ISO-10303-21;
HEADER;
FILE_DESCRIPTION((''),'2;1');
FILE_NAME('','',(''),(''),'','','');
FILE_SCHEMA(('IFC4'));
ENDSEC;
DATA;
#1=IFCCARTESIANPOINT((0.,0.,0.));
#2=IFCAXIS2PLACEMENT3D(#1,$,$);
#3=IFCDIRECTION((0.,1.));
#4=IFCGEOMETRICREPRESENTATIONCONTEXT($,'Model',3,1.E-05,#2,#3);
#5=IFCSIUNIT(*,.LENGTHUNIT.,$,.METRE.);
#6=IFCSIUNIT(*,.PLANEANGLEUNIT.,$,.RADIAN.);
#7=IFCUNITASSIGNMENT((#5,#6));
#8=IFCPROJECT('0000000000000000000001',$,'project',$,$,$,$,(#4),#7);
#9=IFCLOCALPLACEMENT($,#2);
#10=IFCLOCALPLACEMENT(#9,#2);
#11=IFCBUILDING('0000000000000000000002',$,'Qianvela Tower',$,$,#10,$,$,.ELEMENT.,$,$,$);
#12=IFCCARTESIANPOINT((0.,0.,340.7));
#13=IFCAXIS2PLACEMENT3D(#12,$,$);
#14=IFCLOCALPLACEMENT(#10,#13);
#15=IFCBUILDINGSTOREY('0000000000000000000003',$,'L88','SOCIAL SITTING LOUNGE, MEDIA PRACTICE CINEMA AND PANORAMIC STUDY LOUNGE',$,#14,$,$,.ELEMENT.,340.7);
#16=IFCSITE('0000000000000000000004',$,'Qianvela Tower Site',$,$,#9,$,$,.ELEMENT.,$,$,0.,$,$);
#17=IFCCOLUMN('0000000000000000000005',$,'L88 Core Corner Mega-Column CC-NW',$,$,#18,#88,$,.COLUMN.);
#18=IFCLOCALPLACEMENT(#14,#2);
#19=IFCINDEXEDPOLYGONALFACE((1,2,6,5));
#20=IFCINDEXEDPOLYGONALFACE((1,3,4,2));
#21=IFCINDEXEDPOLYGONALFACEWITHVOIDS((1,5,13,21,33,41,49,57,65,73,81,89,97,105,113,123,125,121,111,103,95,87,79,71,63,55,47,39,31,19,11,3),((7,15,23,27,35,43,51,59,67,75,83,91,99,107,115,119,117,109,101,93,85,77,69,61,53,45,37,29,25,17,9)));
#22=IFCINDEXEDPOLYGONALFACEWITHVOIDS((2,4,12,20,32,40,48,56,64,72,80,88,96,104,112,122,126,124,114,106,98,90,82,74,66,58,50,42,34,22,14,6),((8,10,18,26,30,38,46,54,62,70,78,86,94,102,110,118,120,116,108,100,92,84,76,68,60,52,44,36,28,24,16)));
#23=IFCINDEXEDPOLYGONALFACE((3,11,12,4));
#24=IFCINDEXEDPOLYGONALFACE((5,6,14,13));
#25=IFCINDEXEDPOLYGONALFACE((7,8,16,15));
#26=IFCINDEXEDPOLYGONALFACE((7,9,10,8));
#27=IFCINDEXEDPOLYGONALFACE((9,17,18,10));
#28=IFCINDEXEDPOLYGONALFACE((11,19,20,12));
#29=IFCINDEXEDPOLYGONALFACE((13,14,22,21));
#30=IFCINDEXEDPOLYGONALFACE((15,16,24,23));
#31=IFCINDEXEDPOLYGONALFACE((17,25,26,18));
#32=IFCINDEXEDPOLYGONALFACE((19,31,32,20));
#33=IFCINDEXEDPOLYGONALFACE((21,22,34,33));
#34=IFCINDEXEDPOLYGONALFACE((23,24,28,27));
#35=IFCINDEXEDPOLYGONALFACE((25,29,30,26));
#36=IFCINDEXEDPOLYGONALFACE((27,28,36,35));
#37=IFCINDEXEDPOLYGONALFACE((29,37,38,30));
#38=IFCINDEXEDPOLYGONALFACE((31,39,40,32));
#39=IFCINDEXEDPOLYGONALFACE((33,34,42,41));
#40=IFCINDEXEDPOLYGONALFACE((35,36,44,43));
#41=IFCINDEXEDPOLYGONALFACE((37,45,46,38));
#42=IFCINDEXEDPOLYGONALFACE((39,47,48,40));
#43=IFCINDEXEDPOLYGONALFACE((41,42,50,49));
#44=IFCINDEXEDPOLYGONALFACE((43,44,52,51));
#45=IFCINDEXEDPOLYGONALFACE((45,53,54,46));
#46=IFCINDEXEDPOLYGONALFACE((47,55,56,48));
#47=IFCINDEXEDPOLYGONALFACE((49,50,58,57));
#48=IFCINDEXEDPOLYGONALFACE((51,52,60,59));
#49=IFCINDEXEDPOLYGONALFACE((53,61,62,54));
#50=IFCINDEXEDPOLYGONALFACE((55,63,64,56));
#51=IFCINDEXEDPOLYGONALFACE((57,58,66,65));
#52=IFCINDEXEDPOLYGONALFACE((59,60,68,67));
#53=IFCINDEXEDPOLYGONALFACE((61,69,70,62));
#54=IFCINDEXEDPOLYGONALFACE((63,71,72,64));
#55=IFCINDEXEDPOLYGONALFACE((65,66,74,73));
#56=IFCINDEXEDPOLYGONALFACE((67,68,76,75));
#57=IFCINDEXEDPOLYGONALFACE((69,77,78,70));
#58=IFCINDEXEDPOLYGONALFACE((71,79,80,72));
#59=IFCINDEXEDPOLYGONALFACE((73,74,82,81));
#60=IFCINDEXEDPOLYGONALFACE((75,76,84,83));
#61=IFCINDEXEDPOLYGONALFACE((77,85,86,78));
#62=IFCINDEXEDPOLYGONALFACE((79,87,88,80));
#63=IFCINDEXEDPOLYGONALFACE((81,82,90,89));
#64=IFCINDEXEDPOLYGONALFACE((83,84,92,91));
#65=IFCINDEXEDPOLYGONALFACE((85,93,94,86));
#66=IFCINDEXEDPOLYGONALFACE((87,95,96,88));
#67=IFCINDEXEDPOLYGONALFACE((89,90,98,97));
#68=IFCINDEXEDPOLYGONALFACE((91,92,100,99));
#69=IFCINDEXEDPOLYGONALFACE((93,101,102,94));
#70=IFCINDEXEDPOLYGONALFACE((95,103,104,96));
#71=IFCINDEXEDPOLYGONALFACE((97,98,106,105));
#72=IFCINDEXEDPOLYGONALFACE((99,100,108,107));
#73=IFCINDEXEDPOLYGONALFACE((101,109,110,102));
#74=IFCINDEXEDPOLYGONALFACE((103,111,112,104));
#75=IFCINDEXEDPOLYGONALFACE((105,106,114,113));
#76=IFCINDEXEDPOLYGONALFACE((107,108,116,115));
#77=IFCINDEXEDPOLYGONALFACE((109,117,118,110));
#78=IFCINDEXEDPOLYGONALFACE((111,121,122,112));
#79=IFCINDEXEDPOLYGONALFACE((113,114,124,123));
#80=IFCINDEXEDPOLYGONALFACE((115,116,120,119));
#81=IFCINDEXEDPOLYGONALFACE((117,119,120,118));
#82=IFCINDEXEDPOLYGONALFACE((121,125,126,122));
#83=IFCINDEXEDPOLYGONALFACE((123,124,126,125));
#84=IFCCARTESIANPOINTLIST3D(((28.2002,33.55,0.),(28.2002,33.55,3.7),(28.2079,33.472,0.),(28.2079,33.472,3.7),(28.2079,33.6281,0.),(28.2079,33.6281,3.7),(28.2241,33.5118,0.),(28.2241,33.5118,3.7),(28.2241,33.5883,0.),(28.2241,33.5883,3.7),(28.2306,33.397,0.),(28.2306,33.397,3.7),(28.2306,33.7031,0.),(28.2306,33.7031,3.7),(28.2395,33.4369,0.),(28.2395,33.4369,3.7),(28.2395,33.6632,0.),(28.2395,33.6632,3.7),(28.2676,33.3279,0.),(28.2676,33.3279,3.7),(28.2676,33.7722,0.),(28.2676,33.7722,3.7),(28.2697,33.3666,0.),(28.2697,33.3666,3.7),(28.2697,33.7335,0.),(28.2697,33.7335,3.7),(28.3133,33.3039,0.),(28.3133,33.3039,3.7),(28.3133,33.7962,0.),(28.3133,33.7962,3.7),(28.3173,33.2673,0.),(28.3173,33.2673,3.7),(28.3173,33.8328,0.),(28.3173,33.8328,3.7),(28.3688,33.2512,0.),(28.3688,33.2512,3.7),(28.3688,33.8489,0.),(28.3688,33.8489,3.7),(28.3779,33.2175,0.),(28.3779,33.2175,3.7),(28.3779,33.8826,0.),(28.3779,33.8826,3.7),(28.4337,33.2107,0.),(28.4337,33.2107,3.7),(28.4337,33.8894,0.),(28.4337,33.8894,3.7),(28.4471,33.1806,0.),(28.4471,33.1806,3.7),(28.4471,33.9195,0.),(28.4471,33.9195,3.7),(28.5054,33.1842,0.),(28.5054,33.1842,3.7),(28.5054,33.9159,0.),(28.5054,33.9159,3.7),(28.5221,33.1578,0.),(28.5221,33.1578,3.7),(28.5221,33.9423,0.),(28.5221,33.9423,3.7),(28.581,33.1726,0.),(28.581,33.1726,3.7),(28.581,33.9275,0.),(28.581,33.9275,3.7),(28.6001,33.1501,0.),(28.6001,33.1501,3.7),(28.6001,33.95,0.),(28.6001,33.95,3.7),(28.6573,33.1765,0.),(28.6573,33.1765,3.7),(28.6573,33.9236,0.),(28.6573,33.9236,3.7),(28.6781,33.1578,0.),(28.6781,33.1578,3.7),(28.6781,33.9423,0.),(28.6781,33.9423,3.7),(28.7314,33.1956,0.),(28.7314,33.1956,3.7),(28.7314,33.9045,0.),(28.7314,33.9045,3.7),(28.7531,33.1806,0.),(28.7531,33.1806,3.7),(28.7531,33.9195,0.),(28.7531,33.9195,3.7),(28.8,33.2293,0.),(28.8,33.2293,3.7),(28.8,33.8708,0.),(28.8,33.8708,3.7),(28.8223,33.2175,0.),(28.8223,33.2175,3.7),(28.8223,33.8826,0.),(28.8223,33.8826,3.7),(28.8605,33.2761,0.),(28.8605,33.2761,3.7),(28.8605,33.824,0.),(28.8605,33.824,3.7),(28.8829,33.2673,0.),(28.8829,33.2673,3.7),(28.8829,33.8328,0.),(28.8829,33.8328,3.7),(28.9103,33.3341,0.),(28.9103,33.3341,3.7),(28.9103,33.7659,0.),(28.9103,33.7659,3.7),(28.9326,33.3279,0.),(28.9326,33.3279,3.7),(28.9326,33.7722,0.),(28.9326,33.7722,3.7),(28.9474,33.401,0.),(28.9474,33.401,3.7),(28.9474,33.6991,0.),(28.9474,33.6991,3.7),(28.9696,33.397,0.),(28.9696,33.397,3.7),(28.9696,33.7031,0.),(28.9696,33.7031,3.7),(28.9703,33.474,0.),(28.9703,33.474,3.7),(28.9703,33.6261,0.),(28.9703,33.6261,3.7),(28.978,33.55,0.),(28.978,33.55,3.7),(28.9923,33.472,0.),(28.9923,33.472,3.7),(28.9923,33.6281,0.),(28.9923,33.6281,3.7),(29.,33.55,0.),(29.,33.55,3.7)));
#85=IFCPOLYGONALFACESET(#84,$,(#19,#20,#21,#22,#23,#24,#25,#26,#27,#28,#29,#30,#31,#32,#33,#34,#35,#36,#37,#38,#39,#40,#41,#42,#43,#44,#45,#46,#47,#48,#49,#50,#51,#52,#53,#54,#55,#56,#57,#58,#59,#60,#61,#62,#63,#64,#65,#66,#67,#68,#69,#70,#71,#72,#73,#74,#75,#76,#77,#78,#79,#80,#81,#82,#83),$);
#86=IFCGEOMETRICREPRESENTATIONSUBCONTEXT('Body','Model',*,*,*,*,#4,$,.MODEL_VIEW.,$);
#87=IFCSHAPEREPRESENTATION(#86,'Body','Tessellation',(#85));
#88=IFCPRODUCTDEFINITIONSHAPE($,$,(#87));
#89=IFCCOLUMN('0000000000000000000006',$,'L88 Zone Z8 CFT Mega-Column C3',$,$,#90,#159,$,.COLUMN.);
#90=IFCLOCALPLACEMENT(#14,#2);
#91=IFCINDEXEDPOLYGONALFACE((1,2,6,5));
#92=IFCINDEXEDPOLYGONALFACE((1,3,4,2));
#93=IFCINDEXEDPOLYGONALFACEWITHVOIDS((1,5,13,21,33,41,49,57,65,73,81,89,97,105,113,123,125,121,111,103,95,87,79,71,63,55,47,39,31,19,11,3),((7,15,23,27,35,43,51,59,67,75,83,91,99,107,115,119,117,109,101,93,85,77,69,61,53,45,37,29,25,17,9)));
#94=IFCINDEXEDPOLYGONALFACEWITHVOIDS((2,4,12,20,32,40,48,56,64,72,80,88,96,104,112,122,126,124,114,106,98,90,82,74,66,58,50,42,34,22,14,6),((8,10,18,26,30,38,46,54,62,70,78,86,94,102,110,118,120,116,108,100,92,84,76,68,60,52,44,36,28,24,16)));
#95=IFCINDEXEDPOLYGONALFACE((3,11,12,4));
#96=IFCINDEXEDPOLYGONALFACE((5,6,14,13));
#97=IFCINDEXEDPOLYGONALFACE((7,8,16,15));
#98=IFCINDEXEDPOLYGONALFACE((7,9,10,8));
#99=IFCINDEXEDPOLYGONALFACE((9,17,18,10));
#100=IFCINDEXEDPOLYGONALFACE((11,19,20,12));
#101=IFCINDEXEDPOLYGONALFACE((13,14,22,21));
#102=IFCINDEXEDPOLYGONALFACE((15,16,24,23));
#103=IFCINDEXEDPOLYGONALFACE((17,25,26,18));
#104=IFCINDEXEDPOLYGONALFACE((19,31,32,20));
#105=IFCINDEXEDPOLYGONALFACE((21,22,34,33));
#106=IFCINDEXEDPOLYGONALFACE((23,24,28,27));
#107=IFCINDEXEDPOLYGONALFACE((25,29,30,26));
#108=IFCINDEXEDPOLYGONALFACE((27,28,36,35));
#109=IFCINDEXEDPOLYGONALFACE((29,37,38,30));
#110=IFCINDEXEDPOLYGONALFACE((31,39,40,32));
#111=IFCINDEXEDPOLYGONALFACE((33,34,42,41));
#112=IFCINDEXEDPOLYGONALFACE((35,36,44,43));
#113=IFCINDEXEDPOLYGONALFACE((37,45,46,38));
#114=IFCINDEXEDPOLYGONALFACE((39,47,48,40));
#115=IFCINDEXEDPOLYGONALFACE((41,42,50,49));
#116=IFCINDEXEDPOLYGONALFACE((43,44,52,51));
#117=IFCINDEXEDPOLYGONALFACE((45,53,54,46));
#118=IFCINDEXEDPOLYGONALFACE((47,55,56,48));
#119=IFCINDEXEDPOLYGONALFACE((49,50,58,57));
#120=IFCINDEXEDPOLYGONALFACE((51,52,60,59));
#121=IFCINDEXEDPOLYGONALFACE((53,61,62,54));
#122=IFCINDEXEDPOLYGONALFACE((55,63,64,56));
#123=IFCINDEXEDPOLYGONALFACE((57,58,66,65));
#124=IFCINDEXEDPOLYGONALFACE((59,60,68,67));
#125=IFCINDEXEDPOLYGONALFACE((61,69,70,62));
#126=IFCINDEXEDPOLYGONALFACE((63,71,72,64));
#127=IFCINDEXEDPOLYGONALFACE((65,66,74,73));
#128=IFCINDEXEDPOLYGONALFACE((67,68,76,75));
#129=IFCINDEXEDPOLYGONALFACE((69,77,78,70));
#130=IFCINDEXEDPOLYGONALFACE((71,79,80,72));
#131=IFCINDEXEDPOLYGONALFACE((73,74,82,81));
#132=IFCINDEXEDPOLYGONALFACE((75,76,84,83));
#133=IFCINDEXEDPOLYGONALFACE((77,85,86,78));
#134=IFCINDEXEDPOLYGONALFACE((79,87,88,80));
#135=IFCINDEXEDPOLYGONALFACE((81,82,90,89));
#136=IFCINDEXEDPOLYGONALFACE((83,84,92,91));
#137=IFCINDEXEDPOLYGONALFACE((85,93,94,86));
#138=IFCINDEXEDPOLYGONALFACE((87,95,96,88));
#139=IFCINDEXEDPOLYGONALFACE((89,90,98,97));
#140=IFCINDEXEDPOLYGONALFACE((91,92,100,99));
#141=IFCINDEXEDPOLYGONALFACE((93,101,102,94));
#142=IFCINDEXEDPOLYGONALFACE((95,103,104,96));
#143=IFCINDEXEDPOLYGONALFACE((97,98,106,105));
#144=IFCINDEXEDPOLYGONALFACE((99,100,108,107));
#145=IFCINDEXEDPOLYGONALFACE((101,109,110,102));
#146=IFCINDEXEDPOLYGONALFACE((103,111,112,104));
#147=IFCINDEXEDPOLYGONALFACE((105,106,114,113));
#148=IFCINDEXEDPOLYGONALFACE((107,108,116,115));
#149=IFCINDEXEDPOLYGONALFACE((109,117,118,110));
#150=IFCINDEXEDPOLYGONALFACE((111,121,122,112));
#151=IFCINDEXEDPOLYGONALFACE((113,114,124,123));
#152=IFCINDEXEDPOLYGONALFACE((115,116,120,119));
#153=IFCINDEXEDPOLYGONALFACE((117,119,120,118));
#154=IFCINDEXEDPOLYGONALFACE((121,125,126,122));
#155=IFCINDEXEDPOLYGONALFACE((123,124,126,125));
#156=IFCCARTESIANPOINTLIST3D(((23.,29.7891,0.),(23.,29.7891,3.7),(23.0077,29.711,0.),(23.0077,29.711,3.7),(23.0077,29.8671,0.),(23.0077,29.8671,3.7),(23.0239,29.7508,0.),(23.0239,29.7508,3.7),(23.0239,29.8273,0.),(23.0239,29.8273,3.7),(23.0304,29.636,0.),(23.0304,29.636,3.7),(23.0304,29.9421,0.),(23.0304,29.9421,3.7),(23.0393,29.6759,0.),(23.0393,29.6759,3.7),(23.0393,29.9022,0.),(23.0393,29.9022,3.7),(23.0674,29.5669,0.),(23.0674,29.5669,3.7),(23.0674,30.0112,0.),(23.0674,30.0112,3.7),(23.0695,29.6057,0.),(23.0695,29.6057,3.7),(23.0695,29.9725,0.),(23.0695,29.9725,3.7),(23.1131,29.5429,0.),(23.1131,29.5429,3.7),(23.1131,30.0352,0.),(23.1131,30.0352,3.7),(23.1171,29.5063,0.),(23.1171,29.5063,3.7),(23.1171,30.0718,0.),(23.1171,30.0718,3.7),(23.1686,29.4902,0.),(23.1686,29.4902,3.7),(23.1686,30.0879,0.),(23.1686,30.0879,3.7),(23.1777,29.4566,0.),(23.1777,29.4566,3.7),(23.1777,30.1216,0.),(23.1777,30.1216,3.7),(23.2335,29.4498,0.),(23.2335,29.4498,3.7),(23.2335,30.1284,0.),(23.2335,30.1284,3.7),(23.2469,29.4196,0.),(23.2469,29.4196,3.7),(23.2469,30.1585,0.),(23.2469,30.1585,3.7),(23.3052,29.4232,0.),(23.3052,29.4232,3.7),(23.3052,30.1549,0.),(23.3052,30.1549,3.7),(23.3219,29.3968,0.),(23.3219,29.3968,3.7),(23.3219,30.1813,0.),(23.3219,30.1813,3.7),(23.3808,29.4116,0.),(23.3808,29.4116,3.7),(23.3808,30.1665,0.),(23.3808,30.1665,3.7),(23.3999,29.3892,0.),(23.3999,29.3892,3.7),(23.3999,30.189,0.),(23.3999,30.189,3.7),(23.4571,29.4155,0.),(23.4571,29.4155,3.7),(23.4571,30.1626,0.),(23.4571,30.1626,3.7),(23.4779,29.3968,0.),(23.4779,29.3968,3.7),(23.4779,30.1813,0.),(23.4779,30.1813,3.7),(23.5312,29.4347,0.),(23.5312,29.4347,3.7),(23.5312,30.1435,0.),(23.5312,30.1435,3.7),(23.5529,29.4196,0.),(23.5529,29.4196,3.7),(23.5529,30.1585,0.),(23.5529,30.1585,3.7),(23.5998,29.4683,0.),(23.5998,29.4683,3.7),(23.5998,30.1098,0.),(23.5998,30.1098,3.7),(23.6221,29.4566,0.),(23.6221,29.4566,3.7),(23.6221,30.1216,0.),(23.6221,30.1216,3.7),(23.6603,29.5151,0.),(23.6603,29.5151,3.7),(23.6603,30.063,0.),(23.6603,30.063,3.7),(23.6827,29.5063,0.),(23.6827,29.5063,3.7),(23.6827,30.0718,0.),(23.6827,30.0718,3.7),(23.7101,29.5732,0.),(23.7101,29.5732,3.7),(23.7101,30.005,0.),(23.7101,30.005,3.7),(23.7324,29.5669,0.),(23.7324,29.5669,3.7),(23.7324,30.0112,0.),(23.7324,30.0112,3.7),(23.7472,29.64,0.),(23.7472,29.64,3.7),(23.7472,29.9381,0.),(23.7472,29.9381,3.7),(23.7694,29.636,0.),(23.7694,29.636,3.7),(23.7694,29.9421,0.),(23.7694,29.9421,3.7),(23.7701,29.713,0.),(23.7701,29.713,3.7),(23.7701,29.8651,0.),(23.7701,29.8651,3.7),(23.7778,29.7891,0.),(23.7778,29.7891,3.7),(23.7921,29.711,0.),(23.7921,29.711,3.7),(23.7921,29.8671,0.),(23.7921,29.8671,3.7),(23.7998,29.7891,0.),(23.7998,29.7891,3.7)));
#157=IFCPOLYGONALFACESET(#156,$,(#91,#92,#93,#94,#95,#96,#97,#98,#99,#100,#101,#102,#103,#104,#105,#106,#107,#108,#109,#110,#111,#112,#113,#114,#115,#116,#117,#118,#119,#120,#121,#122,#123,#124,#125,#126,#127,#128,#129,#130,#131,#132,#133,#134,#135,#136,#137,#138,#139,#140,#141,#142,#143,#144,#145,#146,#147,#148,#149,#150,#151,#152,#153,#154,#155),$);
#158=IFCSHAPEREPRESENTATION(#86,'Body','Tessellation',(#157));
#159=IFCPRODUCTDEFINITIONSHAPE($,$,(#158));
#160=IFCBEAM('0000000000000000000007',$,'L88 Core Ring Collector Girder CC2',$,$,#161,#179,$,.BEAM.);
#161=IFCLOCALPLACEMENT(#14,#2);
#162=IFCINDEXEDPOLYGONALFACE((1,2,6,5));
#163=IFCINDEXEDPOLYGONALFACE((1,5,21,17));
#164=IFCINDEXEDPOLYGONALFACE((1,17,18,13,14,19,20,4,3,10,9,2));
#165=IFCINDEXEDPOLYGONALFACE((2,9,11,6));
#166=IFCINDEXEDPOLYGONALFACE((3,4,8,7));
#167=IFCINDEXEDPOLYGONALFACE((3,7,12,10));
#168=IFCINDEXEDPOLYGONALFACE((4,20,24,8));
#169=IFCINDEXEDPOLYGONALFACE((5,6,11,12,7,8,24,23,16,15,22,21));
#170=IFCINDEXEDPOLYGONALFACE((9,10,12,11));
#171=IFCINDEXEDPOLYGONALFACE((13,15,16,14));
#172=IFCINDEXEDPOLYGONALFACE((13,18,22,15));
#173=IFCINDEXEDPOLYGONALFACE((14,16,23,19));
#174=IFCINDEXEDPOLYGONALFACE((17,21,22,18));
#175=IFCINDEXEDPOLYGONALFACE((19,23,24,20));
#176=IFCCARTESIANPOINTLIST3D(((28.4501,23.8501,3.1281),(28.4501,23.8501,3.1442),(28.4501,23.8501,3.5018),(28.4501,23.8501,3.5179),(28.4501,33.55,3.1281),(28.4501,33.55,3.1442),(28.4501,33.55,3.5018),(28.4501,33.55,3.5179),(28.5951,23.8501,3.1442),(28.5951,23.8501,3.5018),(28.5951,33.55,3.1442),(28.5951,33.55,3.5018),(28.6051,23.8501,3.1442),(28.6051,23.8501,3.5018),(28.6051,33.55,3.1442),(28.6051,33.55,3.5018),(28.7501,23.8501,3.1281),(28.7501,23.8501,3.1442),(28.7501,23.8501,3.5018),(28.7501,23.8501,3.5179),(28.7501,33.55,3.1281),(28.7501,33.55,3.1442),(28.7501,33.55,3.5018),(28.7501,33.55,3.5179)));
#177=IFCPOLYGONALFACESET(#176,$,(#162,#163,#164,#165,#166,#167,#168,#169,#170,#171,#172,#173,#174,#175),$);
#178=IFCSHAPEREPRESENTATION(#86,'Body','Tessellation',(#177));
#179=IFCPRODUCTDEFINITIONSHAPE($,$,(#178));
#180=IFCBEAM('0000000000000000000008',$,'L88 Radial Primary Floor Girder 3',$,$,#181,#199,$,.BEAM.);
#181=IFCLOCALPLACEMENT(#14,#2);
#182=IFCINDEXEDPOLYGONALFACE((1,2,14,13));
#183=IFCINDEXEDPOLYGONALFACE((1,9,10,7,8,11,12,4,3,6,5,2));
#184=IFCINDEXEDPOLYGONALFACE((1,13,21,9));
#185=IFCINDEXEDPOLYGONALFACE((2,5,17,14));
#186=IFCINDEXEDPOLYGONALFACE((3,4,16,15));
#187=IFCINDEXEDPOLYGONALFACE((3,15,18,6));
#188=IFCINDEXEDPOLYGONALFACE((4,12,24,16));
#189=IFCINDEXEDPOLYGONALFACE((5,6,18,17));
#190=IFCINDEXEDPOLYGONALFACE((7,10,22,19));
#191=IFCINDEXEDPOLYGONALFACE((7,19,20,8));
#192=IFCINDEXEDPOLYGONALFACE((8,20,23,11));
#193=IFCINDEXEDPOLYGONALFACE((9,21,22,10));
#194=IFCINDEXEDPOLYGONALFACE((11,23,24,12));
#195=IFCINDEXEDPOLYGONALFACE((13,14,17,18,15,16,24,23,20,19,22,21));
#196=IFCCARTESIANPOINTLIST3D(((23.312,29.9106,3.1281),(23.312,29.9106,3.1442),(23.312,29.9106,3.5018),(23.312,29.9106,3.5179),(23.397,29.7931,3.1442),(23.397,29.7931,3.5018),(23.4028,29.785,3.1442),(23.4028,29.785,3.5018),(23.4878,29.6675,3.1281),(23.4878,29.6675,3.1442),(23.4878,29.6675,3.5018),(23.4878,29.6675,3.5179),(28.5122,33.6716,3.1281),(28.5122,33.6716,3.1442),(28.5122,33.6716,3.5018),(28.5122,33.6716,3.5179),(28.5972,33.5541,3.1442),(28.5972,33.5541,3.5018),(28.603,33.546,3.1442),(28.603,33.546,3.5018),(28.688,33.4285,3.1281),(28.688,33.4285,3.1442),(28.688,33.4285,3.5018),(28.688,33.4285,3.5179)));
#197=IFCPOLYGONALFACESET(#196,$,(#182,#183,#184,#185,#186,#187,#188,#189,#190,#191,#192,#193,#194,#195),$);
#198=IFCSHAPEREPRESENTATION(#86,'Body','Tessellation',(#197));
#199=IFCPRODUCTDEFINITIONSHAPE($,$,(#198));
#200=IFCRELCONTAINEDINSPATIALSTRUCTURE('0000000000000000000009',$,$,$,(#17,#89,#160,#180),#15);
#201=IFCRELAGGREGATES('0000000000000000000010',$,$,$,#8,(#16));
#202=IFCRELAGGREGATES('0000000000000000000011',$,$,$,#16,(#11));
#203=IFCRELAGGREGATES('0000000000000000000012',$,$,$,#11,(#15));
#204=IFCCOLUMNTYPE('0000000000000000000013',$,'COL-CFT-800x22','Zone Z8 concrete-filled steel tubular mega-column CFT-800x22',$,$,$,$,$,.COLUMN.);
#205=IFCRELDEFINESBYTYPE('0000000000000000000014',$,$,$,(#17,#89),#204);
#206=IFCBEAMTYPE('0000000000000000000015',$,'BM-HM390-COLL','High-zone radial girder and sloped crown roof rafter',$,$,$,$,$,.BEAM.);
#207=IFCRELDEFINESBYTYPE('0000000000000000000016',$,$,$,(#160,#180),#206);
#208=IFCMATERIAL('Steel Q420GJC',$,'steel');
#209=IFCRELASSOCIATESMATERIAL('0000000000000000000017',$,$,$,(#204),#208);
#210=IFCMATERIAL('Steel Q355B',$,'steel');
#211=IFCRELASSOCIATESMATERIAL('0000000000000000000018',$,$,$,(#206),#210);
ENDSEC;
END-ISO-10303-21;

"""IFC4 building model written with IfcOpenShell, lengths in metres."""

from ifc_helpers import new_model, si_unit, direction, frame, origin, origin_2d, place, context, subcontext, project, spatial, hollow_circle, i_section, extrude, material, material_profile, profile_set, type_object, element, save


model = new_model("IFC4")

# Units and contexts
model_context = context("Model", 3, precision=1e-05, world=origin(), true_north=direction((0.0, 1.0)))
body_context = subcontext(model_context, "Body", "Model", "MODEL_VIEW")
ifc_project = project(units=[si_unit("LENGTHUNIT", "METRE"), si_unit("PLANEANGLEUNIT", "RADIAN")], contexts=[model_context])

# Site, building, storey
site_placement = place(None, origin())
site = spatial("IfcSite", under=ifc_project, at=site_placement, Name="Qianvela Tower Site", CompositionType="ELEMENT", RefElevation=0.0)
building_placement = place(site_placement, origin())
building = spatial("IfcBuilding", under=site, at=building_placement, Name="Qianvela Tower", CompositionType="ELEMENT")
storey_placement = place(building_placement, frame((0.0, 0.0, 340.7)))
storey = spatial("IfcBuildingStorey", under=building, at=storey_placement, Name="L88", Description="SOCIAL SITTING LOUNGE, MEDIA PRACTICE CINEMA AND PANORAMIC STUDY LOUNGE", CompositionType="ELEMENT", Elevation=340.7)

# Columns
ifc_material_1 = material(Name="Steel Q420GJC", Category="steel")
ifc_material_profile_1 = material_profile(ifc_material_1, hollow_circle(Radius=0.3999, WallThickness=0.022, at=origin_2d()), Name="CFT-800x22")
ifc_profile_set_1 = profile_set([ifc_material_profile_1], Name="Steel Q420GJC")
column_type = type_object("IfcColumnType", Name="COL-CFT-800x22", Description="Zone Z8 concrete-filled steel tubular mega-column CFT-800x22", PredefinedType="COLUMN", material=ifc_profile_set_1)
for number, where, z_axis, x_axis, name in (
    (1, (28.6001, 33.55, 0.0), (0.0, 0.0, 1.0), (1.0, 0.0, 0.0), "L88 Core Corner Mega-Column CC-NW"),
    (2, (23.3999, 29.7891, 0.0), (0.0, 0.0, 1.0), (1.0, 0.0, 0.0), "L88 Zone Z8 CFT Mega-Column C3"),
):
    element("IfcColumn", number, at=place(storey_placement, frame(where, z_axis=z_axis, x_axis=x_axis)), inside=storey, type_object=column_type, Name=name, PredefinedType="COLUMN", context=body_context, shape_type="SweptSolid", body=[
        extrude(hollow_circle(Radius=0.3999, WallThickness=0.022, at=origin_2d()), origin(), (0.0, 0.0, 1.0), 3.7),
    ])

# Beams
ifc_material_2 = material(Name="Steel Q355B", Category="steel")
ifc_material_profile_2 = material_profile(ifc_material_2, i_section(OverallWidth=0.3, OverallDepth=0.3899, WebThickness=0.01, FlangeThickness=0.0161, at=origin_2d()), Name="HM390x300x10x16")
ifc_profile_set_2 = profile_set([ifc_material_profile_2], Name="Steel Q355B")
beam_type_1 = type_object("IfcBeamType", Name="BM-HM390-COLL", Description="High-zone radial girder and sloped crown roof rafter", PredefinedType="BEAM", material=ifc_profile_set_2)
beam_1_placement = place(storey_placement, frame((28.6001, 33.55, 3.323), z_axis=(0.0, -1.0, 0.0), x_axis=(1.0, 0.0, 0.0)))
element("IfcBeam", 3, at=beam_1_placement, inside=storey, type_object=beam_type_1, Name="L88 Core Ring Collector Girder CC2", PredefinedType="BEAM", context=body_context, shape_type="SweptSolid", body=[
    extrude(i_section(OverallWidth=0.3, OverallDepth=0.3899, WebThickness=0.01, FlangeThickness=0.0161, at=origin_2d()), origin(), (0.0, 0.0, 1.0), 9.7),
])
beam_2_placement = place(storey_placement, frame((28.6001, 33.55, 3.323), z_axis=(-0.810288, -0.586032, 0.0), x_axis=(0.586032, -0.810288, 0.0)))
element("IfcBeam", 4, at=beam_2_placement, inside=storey, type_object=beam_type_1, Name="L88 Radial Primary Floor Girder 3", PredefinedType="BEAM", context=body_context, shape_type="SweptSolid", body=[
    extrude(i_section(OverallWidth=0.3, OverallDepth=0.3899, WebThickness=0.01, FlangeThickness=0.0161, at=origin_2d()), origin(), (0.0, 0.0, 1.0), 6.4177),
])

save(model, "model.ifc")
